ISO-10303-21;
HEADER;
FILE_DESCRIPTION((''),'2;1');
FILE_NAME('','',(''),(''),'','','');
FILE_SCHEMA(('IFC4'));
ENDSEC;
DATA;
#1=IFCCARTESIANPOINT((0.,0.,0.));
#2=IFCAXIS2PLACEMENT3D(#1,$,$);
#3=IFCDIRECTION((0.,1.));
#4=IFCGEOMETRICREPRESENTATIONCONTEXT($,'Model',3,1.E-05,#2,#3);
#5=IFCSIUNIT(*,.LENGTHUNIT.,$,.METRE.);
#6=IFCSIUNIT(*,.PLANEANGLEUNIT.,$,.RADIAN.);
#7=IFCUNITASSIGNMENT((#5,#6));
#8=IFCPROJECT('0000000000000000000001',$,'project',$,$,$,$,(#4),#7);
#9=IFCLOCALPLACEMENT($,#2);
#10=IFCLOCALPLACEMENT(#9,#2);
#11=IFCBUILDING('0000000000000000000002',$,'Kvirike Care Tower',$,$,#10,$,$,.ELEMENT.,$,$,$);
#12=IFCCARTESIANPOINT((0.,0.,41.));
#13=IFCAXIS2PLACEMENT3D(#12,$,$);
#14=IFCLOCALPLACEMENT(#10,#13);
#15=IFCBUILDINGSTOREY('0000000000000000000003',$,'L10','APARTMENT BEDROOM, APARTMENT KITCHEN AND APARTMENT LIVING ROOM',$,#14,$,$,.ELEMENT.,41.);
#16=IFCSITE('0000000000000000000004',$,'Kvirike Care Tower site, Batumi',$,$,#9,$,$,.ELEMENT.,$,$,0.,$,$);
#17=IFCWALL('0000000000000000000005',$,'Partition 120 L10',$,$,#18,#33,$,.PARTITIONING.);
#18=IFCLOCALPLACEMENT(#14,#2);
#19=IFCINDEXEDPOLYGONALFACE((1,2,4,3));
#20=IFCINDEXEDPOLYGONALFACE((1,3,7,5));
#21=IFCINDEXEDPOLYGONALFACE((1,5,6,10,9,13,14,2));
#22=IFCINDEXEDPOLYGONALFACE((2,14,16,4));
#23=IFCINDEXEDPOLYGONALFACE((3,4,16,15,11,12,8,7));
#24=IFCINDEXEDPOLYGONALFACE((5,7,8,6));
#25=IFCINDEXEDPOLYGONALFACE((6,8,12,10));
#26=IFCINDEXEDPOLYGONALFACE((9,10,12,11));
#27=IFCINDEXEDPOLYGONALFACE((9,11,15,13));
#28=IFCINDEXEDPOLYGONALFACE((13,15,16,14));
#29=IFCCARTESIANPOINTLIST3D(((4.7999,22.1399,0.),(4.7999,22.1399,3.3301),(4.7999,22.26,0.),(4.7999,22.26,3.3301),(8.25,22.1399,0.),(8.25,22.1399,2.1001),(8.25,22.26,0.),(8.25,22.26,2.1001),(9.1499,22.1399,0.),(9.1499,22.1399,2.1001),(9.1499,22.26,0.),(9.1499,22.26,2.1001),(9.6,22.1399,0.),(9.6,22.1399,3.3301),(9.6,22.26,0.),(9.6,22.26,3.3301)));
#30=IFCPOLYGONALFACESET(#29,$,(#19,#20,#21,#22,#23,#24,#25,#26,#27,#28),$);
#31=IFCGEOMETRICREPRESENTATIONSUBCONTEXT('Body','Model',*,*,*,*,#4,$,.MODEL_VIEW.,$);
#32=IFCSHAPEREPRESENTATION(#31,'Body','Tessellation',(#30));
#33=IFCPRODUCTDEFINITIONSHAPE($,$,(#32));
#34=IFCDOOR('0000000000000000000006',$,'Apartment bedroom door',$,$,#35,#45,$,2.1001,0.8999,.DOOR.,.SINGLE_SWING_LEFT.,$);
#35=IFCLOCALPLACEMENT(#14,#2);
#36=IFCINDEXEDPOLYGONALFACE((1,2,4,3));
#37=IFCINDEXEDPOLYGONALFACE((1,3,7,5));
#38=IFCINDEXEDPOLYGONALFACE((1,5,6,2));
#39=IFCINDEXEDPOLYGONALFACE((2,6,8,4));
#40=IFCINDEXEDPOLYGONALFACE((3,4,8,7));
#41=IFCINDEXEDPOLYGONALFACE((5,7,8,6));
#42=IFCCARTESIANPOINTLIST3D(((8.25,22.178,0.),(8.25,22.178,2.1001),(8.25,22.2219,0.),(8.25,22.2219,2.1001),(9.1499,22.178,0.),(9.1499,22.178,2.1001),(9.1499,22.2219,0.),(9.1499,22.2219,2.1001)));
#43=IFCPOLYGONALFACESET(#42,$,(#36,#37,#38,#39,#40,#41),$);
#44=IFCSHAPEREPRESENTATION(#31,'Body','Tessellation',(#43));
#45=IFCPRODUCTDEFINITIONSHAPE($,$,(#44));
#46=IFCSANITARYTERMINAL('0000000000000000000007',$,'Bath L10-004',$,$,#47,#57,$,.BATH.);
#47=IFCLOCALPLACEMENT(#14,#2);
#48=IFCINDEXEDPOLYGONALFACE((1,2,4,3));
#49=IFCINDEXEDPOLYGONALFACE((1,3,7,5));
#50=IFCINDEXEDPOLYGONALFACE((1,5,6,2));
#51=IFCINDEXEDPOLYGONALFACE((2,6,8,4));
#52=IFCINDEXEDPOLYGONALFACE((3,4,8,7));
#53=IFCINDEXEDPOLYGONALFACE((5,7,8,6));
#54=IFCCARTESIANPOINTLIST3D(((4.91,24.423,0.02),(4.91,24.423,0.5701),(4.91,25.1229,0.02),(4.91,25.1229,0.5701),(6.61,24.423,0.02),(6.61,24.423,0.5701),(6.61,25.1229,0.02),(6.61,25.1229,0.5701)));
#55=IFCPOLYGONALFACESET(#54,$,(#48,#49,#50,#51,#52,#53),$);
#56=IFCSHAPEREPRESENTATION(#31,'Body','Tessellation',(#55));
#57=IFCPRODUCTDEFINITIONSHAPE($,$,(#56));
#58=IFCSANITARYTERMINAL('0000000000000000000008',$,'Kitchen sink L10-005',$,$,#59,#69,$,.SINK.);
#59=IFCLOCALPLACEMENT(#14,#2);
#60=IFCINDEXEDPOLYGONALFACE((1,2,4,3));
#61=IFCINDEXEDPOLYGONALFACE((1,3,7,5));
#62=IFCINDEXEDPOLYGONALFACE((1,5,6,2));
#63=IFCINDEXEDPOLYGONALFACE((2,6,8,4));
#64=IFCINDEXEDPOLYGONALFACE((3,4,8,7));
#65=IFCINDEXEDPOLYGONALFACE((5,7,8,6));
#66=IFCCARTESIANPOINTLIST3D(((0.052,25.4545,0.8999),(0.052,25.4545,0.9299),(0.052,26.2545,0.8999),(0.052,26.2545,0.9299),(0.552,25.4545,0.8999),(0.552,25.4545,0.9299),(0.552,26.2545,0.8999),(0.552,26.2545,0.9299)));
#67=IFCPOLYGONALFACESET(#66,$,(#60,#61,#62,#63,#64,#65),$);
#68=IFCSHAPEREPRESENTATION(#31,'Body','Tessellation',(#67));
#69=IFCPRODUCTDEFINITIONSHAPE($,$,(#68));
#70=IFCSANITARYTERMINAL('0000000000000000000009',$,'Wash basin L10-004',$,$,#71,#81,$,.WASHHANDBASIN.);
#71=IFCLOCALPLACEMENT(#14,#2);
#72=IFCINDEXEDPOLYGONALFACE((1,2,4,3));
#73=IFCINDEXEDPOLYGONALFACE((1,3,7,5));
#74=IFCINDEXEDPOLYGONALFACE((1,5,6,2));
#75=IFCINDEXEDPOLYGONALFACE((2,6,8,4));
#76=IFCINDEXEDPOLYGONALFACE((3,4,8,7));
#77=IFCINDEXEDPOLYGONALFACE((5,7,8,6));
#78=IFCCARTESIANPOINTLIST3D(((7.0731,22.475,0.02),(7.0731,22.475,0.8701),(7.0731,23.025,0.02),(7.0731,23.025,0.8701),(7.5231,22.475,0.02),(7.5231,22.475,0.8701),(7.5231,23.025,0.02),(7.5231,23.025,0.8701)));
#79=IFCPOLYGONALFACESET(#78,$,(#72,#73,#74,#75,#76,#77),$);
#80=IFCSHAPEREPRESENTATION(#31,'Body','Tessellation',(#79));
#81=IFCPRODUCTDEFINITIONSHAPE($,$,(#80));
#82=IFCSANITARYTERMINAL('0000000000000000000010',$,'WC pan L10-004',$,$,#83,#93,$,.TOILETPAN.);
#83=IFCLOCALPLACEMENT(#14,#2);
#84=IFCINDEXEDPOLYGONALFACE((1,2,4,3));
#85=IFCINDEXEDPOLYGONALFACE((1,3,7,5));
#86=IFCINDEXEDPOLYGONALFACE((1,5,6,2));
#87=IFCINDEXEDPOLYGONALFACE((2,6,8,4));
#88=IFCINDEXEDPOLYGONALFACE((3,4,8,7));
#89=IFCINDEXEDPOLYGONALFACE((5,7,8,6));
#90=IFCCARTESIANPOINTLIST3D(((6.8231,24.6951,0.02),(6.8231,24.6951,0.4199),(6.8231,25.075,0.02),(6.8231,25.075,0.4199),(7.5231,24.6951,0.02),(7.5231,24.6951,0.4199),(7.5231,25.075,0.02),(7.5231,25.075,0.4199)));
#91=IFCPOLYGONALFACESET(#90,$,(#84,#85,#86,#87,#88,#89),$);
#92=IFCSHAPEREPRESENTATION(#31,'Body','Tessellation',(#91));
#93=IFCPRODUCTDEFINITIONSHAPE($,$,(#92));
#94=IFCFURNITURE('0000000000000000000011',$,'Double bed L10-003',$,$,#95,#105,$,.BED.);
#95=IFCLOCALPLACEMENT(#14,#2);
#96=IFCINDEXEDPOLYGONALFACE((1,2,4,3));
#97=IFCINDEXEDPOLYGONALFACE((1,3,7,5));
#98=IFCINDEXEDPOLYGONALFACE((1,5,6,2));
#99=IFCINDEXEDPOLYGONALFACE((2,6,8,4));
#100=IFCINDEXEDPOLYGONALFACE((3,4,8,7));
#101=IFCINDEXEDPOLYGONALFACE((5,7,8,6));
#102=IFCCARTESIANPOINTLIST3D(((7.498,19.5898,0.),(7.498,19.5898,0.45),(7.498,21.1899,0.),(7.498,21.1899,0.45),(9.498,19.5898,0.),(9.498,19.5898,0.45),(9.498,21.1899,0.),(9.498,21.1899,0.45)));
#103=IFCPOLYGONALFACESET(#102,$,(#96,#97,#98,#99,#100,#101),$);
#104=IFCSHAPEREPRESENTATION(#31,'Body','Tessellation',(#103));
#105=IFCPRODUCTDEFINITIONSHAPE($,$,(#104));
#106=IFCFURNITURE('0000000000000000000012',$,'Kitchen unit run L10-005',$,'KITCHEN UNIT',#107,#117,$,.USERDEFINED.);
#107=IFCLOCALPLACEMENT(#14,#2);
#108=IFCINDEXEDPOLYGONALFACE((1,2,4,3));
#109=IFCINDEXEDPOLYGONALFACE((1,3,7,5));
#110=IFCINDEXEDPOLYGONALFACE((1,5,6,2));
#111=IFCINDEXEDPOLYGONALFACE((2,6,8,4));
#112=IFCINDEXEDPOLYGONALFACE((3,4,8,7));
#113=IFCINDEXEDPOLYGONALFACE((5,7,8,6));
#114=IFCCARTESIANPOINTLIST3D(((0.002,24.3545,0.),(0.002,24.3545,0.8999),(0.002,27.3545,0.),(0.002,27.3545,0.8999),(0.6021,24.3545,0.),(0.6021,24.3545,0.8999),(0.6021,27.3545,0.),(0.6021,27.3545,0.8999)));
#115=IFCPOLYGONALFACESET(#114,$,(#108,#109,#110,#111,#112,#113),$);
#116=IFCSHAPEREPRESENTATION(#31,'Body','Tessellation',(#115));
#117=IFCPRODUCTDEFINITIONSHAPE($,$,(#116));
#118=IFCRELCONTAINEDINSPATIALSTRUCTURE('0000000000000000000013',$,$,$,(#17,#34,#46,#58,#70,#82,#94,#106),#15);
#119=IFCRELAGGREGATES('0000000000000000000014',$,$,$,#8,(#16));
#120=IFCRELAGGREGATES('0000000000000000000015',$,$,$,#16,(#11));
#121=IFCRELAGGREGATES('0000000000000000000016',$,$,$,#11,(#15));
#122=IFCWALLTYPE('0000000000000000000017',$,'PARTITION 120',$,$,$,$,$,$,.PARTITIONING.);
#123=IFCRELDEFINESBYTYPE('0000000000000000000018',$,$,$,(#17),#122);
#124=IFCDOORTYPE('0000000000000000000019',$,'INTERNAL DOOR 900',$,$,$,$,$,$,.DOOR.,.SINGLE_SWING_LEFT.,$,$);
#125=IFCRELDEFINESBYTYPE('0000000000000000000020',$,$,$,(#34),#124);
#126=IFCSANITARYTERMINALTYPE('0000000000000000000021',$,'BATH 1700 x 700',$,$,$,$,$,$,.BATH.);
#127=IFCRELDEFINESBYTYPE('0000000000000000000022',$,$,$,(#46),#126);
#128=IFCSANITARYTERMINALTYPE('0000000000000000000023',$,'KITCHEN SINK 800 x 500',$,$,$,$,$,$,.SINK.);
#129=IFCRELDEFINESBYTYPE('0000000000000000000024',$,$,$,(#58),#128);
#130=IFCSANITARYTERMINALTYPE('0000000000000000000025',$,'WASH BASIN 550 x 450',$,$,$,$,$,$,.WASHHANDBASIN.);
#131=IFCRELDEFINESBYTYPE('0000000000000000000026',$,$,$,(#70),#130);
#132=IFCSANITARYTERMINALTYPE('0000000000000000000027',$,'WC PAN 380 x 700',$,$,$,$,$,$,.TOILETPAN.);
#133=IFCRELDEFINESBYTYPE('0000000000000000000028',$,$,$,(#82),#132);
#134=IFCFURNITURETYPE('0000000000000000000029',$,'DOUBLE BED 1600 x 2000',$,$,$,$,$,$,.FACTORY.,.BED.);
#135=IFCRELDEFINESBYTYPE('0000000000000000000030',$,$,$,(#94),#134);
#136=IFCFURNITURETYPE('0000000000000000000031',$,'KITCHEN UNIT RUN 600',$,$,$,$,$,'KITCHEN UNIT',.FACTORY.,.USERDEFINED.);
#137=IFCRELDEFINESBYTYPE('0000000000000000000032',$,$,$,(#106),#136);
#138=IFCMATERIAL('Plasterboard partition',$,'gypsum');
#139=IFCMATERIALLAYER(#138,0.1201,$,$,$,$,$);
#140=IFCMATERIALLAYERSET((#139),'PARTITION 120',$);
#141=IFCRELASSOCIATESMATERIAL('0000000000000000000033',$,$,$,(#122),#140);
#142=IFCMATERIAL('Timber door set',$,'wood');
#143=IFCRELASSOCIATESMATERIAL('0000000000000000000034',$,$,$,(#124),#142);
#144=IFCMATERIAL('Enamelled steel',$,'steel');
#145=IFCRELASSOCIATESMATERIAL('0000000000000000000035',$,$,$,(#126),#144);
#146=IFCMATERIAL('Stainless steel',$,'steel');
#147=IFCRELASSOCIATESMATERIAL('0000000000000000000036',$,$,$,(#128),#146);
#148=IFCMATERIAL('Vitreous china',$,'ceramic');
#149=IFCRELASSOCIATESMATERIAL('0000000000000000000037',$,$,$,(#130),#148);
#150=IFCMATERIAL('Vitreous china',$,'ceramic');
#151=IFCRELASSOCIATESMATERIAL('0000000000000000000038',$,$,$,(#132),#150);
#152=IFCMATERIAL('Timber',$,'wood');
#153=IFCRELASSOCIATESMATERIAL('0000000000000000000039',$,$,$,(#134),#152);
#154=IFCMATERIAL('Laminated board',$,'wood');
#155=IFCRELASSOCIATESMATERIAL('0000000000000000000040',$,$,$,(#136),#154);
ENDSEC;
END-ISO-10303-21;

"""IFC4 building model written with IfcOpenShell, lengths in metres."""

from ifc_helpers import new_model, si_unit, direction, frame, frame_2d, origin, origin_2d, place, context, subcontext, project, spatial, rectangle, extrude, material, layer, layer_set, type_object, element, fill, save


model = new_model("IFC4")

# Units and contexts
model_context = context("Model", 3, precision=1e-05, world=origin(), true_north=direction((0.0, 1.0)))
body_context = subcontext(model_context, "Body", "Model", "MODEL_VIEW")
ifc_project = project(units=[si_unit("LENGTHUNIT", "METRE"), si_unit("PLANEANGLEUNIT", "RADIAN")], contexts=[model_context])

# Site, building, storey
site_placement = place(None, origin())
site = spatial("IfcSite", under=ifc_project, at=site_placement, Name="Kvirike Care Tower site, Batumi", CompositionType="ELEMENT", RefElevation=0.0)
building_placement = place(site_placement, origin())
building = spatial("IfcBuilding", under=site, at=building_placement, Name="Kvirike Care Tower", CompositionType="ELEMENT")
storey_placement = place(building_placement, frame((0.0, 0.0, 41.0)))
storey = spatial("IfcBuildingStorey", under=building, at=storey_placement, Name="L10", Description="APARTMENT BEDROOM, APARTMENT KITCHEN AND APARTMENT LIVING ROOM", CompositionType="ELEMENT", Elevation=41.0)

# Wall, opening, door
ifc_material_1 = material(Name="Plasterboard partition", Category="gypsum")
ifc_layer_1 = layer(ifc_material_1, 0.1201)
ifc_layer_set_1 = layer_set([ifc_layer_1], Name="PARTITION 120")
wall_type_1 = type_object("IfcWallType", Name="PARTITION 120", PredefinedType="PARTITIONING", material=ifc_layer_set_1)
ifc_material_2 = material(Name="Timber door set", Category="wood")
door_type_1 = type_object("IfcDoorType", Name="INTERNAL DOOR 900", OperationType="SINGLE_SWING_LEFT", PredefinedType="DOOR", material=ifc_material_2)
wall_1_placement = place(storey_placement, frame((4.8, 22.2, 0.0), z_axis=(0.0, 0.0, 1.0), x_axis=(1.0, 0.0, 0.0)))
wall_1 = element("IfcWall", 1, at=wall_1_placement, inside=storey, type_object=wall_type_1, Name="Partition 120 L10", PredefinedType="PARTITIONING", context=body_context, shape_type="SweptSolid", body=[
    extrude(rectangle(XDim=4.8, YDim=0.1201, at=frame_2d((2.3999, 0.0))), origin(), (0.0, 0.0, 1.0), 3.3301),
])
opening_1_placement = place(wall_1_placement, frame((3.45, 0.0, 0.0)))
opening_1 = element("IfcOpeningElement", 2, at=opening_1_placement, cuts=wall_1, PredefinedType="OPENING", context=body_context, shape_type="SweptSolid", body=[
    extrude(rectangle(XDim=0.8999, YDim=2.1001, at=frame_2d((0.45, 1.05))), frame((0.0, 0.0706, 0.0), z_axis=(0.0, -1.0, 0.0), x_axis=(1.0, 0.0, 0.0)), (0.0, 0.0, 1.0), 0.1411),
])
door_1_placement = place(opening_1_placement, origin())
door_1 = element("IfcDoor", 3, at=door_1_placement, inside=storey, type_object=door_type_1, Name="Apartment bedroom door", OperationType="SINGLE_SWING_LEFT", OverallHeight=2.1001, OverallWidth=0.8999, PredefinedType="DOOR", context=body_context, shape_type="SweptSolid", body=[
    extrude(rectangle(XDim=0.8999, YDim=2.1001, at=frame_2d((0.45, 1.05))), frame((0.0, 0.022, 0.0), z_axis=(0.0, -1.0, 0.0), x_axis=(1.0, 0.0, 0.0)), (0.0, 0.0, 1.0), 0.0439),
])
fill(opening_1, door_1)

# Sanitary terminals
ifc_material_3 = material(Name="Enamelled steel", Category="steel")
sanitary_terminal_type_1 = type_object("IfcSanitaryTerminalType", Name="BATH 1700 x 700", PredefinedType="BATH", material=ifc_material_3)
sanitary_terminal_1_placement = place(storey_placement, frame((5.76, 24.7729, 0.02), z_axis=(0.0, 0.0, 1.0), x_axis=(1.0, 0.0, 0.0)))
element("IfcSanitaryTerminal", 4, at=sanitary_terminal_1_placement, inside=storey, type_object=sanitary_terminal_type_1, Name="Bath L10-004", PredefinedType="BATH", context=body_context, shape_type="SweptSolid", body=[
    extrude(rectangle(XDim=1.7, YDim=0.7, at=origin_2d()), origin(), (0.0, 0.0, 1.0), 0.55),
])
ifc_material_4 = material(Name="Stainless steel", Category="steel")
sanitary_terminal_type_2 = type_object("IfcSanitaryTerminalType", Name="KITCHEN SINK 800 x 500", PredefinedType="SINK", material=ifc_material_4)
sanitary_terminal_2_placement = place(storey_placement, frame((0.302, 25.8545, 0.8999), z_axis=(0.0, 0.0, 1.0), x_axis=(0.0, 1.0, 0.0)))
element("IfcSanitaryTerminal", 5, at=sanitary_terminal_2_placement, inside=storey, type_object=sanitary_terminal_type_2, Name="Kitchen sink L10-005", PredefinedType="SINK", context=body_context, shape_type="SweptSolid", body=[
    extrude(rectangle(XDim=0.8, YDim=0.5, at=origin_2d()), origin(), (0.0, 0.0, 1.0), 0.03),
])
ifc_material_5 = material(Name="Vitreous china", Category="ceramic")
sanitary_terminal_type_3 = type_object("IfcSanitaryTerminalType", Name="WASH BASIN 550 x 450", PredefinedType="WASHHANDBASIN", material=ifc_material_5)
sanitary_terminal_3_placement = place(storey_placement, frame((7.2981, 22.75, 0.02), z_axis=(0.0, 0.0, 1.0), x_axis=(0.0, -1.0, 0.0)))
element("IfcSanitaryTerminal", 6, at=sanitary_terminal_3_placement, inside=storey, type_object=sanitary_terminal_type_3, Name="Wash basin L10-004", PredefinedType="WASHHANDBASIN", context=body_context, shape_type="SweptSolid", body=[
    extrude(rectangle(XDim=0.55, YDim=0.45, at=origin_2d()), origin(), (0.0, 0.0, 1.0), 0.8501),
])
ifc_material_6 = material(Name="Vitreous china", Category="ceramic")
sanitary_terminal_type_4 = type_object("IfcSanitaryTerminalType", Name="WC PAN 380 x 700", PredefinedType="TOILETPAN", material=ifc_material_6)
sanitary_terminal_4_placement = place(storey_placement, frame((7.1731, 24.885, 0.02), z_axis=(0.0, 0.0, 1.0), x_axis=(0.0, -1.0, 0.0)))
element("IfcSanitaryTerminal", 7, at=sanitary_terminal_4_placement, inside=storey, type_object=sanitary_terminal_type_4, Name="WC pan L10-004", PredefinedType="TOILETPAN", context=body_context, shape_type="SweptSolid", body=[
    extrude(rectangle(XDim=0.3799, YDim=0.7, at=origin_2d()), origin(), (0.0, 0.0, 1.0), 0.3999),
])

# Furniture
ifc_material_7 = material(Name="Timber", Category="wood")
furniture_type_1 = type_object("IfcFurnitureType", Name="DOUBLE BED 1600 x 2000", AssemblyPlace="FACTORY", PredefinedType="BED", material=ifc_material_7)
furniture_1_placement = place(storey_placement, frame((8.498, 20.3899, 0.0), z_axis=(0.0, 0.0, 1.0), x_axis=(0.0, -1.0, 0.0)))
element("IfcFurniture", 8, at=furniture_1_placement, inside=storey, type_object=furniture_type_1, Name="Double bed L10-003", PredefinedType="BED", context=body_context, shape_type="SweptSolid", body=[
    extrude(rectangle(XDim=1.6001, YDim=2.0, at=origin_2d()), origin(), (0.0, 0.0, 1.0), 0.45),
])
ifc_material_8 = material(Name="Laminated board", Category="wood")
furniture_type_2 = type_object("IfcFurnitureType", Name="KITCHEN UNIT RUN 600", ElementType="KITCHEN UNIT", AssemblyPlace="FACTORY", PredefinedType="USERDEFINED", material=ifc_material_8)
furniture_2_placement = place(storey_placement, frame((0.302, 25.8545, 0.0), z_axis=(0.0, 0.0, 1.0), x_axis=(0.0, 1.0, 0.0)))
element("IfcFurniture", 9, at=furniture_2_placement, inside=storey, type_object=furniture_type_2, Name="Kitchen unit run L10-005", ObjectType="KITCHEN UNIT", PredefinedType="USERDEFINED", context=body_context, shape_type="SweptSolid", body=[
    extrude(rectangle(XDim=3.0, YDim=0.6001, at=origin_2d()), origin(), (0.0, 0.0, 1.0), 0.8999),
])

save(model, "model.ifc")
